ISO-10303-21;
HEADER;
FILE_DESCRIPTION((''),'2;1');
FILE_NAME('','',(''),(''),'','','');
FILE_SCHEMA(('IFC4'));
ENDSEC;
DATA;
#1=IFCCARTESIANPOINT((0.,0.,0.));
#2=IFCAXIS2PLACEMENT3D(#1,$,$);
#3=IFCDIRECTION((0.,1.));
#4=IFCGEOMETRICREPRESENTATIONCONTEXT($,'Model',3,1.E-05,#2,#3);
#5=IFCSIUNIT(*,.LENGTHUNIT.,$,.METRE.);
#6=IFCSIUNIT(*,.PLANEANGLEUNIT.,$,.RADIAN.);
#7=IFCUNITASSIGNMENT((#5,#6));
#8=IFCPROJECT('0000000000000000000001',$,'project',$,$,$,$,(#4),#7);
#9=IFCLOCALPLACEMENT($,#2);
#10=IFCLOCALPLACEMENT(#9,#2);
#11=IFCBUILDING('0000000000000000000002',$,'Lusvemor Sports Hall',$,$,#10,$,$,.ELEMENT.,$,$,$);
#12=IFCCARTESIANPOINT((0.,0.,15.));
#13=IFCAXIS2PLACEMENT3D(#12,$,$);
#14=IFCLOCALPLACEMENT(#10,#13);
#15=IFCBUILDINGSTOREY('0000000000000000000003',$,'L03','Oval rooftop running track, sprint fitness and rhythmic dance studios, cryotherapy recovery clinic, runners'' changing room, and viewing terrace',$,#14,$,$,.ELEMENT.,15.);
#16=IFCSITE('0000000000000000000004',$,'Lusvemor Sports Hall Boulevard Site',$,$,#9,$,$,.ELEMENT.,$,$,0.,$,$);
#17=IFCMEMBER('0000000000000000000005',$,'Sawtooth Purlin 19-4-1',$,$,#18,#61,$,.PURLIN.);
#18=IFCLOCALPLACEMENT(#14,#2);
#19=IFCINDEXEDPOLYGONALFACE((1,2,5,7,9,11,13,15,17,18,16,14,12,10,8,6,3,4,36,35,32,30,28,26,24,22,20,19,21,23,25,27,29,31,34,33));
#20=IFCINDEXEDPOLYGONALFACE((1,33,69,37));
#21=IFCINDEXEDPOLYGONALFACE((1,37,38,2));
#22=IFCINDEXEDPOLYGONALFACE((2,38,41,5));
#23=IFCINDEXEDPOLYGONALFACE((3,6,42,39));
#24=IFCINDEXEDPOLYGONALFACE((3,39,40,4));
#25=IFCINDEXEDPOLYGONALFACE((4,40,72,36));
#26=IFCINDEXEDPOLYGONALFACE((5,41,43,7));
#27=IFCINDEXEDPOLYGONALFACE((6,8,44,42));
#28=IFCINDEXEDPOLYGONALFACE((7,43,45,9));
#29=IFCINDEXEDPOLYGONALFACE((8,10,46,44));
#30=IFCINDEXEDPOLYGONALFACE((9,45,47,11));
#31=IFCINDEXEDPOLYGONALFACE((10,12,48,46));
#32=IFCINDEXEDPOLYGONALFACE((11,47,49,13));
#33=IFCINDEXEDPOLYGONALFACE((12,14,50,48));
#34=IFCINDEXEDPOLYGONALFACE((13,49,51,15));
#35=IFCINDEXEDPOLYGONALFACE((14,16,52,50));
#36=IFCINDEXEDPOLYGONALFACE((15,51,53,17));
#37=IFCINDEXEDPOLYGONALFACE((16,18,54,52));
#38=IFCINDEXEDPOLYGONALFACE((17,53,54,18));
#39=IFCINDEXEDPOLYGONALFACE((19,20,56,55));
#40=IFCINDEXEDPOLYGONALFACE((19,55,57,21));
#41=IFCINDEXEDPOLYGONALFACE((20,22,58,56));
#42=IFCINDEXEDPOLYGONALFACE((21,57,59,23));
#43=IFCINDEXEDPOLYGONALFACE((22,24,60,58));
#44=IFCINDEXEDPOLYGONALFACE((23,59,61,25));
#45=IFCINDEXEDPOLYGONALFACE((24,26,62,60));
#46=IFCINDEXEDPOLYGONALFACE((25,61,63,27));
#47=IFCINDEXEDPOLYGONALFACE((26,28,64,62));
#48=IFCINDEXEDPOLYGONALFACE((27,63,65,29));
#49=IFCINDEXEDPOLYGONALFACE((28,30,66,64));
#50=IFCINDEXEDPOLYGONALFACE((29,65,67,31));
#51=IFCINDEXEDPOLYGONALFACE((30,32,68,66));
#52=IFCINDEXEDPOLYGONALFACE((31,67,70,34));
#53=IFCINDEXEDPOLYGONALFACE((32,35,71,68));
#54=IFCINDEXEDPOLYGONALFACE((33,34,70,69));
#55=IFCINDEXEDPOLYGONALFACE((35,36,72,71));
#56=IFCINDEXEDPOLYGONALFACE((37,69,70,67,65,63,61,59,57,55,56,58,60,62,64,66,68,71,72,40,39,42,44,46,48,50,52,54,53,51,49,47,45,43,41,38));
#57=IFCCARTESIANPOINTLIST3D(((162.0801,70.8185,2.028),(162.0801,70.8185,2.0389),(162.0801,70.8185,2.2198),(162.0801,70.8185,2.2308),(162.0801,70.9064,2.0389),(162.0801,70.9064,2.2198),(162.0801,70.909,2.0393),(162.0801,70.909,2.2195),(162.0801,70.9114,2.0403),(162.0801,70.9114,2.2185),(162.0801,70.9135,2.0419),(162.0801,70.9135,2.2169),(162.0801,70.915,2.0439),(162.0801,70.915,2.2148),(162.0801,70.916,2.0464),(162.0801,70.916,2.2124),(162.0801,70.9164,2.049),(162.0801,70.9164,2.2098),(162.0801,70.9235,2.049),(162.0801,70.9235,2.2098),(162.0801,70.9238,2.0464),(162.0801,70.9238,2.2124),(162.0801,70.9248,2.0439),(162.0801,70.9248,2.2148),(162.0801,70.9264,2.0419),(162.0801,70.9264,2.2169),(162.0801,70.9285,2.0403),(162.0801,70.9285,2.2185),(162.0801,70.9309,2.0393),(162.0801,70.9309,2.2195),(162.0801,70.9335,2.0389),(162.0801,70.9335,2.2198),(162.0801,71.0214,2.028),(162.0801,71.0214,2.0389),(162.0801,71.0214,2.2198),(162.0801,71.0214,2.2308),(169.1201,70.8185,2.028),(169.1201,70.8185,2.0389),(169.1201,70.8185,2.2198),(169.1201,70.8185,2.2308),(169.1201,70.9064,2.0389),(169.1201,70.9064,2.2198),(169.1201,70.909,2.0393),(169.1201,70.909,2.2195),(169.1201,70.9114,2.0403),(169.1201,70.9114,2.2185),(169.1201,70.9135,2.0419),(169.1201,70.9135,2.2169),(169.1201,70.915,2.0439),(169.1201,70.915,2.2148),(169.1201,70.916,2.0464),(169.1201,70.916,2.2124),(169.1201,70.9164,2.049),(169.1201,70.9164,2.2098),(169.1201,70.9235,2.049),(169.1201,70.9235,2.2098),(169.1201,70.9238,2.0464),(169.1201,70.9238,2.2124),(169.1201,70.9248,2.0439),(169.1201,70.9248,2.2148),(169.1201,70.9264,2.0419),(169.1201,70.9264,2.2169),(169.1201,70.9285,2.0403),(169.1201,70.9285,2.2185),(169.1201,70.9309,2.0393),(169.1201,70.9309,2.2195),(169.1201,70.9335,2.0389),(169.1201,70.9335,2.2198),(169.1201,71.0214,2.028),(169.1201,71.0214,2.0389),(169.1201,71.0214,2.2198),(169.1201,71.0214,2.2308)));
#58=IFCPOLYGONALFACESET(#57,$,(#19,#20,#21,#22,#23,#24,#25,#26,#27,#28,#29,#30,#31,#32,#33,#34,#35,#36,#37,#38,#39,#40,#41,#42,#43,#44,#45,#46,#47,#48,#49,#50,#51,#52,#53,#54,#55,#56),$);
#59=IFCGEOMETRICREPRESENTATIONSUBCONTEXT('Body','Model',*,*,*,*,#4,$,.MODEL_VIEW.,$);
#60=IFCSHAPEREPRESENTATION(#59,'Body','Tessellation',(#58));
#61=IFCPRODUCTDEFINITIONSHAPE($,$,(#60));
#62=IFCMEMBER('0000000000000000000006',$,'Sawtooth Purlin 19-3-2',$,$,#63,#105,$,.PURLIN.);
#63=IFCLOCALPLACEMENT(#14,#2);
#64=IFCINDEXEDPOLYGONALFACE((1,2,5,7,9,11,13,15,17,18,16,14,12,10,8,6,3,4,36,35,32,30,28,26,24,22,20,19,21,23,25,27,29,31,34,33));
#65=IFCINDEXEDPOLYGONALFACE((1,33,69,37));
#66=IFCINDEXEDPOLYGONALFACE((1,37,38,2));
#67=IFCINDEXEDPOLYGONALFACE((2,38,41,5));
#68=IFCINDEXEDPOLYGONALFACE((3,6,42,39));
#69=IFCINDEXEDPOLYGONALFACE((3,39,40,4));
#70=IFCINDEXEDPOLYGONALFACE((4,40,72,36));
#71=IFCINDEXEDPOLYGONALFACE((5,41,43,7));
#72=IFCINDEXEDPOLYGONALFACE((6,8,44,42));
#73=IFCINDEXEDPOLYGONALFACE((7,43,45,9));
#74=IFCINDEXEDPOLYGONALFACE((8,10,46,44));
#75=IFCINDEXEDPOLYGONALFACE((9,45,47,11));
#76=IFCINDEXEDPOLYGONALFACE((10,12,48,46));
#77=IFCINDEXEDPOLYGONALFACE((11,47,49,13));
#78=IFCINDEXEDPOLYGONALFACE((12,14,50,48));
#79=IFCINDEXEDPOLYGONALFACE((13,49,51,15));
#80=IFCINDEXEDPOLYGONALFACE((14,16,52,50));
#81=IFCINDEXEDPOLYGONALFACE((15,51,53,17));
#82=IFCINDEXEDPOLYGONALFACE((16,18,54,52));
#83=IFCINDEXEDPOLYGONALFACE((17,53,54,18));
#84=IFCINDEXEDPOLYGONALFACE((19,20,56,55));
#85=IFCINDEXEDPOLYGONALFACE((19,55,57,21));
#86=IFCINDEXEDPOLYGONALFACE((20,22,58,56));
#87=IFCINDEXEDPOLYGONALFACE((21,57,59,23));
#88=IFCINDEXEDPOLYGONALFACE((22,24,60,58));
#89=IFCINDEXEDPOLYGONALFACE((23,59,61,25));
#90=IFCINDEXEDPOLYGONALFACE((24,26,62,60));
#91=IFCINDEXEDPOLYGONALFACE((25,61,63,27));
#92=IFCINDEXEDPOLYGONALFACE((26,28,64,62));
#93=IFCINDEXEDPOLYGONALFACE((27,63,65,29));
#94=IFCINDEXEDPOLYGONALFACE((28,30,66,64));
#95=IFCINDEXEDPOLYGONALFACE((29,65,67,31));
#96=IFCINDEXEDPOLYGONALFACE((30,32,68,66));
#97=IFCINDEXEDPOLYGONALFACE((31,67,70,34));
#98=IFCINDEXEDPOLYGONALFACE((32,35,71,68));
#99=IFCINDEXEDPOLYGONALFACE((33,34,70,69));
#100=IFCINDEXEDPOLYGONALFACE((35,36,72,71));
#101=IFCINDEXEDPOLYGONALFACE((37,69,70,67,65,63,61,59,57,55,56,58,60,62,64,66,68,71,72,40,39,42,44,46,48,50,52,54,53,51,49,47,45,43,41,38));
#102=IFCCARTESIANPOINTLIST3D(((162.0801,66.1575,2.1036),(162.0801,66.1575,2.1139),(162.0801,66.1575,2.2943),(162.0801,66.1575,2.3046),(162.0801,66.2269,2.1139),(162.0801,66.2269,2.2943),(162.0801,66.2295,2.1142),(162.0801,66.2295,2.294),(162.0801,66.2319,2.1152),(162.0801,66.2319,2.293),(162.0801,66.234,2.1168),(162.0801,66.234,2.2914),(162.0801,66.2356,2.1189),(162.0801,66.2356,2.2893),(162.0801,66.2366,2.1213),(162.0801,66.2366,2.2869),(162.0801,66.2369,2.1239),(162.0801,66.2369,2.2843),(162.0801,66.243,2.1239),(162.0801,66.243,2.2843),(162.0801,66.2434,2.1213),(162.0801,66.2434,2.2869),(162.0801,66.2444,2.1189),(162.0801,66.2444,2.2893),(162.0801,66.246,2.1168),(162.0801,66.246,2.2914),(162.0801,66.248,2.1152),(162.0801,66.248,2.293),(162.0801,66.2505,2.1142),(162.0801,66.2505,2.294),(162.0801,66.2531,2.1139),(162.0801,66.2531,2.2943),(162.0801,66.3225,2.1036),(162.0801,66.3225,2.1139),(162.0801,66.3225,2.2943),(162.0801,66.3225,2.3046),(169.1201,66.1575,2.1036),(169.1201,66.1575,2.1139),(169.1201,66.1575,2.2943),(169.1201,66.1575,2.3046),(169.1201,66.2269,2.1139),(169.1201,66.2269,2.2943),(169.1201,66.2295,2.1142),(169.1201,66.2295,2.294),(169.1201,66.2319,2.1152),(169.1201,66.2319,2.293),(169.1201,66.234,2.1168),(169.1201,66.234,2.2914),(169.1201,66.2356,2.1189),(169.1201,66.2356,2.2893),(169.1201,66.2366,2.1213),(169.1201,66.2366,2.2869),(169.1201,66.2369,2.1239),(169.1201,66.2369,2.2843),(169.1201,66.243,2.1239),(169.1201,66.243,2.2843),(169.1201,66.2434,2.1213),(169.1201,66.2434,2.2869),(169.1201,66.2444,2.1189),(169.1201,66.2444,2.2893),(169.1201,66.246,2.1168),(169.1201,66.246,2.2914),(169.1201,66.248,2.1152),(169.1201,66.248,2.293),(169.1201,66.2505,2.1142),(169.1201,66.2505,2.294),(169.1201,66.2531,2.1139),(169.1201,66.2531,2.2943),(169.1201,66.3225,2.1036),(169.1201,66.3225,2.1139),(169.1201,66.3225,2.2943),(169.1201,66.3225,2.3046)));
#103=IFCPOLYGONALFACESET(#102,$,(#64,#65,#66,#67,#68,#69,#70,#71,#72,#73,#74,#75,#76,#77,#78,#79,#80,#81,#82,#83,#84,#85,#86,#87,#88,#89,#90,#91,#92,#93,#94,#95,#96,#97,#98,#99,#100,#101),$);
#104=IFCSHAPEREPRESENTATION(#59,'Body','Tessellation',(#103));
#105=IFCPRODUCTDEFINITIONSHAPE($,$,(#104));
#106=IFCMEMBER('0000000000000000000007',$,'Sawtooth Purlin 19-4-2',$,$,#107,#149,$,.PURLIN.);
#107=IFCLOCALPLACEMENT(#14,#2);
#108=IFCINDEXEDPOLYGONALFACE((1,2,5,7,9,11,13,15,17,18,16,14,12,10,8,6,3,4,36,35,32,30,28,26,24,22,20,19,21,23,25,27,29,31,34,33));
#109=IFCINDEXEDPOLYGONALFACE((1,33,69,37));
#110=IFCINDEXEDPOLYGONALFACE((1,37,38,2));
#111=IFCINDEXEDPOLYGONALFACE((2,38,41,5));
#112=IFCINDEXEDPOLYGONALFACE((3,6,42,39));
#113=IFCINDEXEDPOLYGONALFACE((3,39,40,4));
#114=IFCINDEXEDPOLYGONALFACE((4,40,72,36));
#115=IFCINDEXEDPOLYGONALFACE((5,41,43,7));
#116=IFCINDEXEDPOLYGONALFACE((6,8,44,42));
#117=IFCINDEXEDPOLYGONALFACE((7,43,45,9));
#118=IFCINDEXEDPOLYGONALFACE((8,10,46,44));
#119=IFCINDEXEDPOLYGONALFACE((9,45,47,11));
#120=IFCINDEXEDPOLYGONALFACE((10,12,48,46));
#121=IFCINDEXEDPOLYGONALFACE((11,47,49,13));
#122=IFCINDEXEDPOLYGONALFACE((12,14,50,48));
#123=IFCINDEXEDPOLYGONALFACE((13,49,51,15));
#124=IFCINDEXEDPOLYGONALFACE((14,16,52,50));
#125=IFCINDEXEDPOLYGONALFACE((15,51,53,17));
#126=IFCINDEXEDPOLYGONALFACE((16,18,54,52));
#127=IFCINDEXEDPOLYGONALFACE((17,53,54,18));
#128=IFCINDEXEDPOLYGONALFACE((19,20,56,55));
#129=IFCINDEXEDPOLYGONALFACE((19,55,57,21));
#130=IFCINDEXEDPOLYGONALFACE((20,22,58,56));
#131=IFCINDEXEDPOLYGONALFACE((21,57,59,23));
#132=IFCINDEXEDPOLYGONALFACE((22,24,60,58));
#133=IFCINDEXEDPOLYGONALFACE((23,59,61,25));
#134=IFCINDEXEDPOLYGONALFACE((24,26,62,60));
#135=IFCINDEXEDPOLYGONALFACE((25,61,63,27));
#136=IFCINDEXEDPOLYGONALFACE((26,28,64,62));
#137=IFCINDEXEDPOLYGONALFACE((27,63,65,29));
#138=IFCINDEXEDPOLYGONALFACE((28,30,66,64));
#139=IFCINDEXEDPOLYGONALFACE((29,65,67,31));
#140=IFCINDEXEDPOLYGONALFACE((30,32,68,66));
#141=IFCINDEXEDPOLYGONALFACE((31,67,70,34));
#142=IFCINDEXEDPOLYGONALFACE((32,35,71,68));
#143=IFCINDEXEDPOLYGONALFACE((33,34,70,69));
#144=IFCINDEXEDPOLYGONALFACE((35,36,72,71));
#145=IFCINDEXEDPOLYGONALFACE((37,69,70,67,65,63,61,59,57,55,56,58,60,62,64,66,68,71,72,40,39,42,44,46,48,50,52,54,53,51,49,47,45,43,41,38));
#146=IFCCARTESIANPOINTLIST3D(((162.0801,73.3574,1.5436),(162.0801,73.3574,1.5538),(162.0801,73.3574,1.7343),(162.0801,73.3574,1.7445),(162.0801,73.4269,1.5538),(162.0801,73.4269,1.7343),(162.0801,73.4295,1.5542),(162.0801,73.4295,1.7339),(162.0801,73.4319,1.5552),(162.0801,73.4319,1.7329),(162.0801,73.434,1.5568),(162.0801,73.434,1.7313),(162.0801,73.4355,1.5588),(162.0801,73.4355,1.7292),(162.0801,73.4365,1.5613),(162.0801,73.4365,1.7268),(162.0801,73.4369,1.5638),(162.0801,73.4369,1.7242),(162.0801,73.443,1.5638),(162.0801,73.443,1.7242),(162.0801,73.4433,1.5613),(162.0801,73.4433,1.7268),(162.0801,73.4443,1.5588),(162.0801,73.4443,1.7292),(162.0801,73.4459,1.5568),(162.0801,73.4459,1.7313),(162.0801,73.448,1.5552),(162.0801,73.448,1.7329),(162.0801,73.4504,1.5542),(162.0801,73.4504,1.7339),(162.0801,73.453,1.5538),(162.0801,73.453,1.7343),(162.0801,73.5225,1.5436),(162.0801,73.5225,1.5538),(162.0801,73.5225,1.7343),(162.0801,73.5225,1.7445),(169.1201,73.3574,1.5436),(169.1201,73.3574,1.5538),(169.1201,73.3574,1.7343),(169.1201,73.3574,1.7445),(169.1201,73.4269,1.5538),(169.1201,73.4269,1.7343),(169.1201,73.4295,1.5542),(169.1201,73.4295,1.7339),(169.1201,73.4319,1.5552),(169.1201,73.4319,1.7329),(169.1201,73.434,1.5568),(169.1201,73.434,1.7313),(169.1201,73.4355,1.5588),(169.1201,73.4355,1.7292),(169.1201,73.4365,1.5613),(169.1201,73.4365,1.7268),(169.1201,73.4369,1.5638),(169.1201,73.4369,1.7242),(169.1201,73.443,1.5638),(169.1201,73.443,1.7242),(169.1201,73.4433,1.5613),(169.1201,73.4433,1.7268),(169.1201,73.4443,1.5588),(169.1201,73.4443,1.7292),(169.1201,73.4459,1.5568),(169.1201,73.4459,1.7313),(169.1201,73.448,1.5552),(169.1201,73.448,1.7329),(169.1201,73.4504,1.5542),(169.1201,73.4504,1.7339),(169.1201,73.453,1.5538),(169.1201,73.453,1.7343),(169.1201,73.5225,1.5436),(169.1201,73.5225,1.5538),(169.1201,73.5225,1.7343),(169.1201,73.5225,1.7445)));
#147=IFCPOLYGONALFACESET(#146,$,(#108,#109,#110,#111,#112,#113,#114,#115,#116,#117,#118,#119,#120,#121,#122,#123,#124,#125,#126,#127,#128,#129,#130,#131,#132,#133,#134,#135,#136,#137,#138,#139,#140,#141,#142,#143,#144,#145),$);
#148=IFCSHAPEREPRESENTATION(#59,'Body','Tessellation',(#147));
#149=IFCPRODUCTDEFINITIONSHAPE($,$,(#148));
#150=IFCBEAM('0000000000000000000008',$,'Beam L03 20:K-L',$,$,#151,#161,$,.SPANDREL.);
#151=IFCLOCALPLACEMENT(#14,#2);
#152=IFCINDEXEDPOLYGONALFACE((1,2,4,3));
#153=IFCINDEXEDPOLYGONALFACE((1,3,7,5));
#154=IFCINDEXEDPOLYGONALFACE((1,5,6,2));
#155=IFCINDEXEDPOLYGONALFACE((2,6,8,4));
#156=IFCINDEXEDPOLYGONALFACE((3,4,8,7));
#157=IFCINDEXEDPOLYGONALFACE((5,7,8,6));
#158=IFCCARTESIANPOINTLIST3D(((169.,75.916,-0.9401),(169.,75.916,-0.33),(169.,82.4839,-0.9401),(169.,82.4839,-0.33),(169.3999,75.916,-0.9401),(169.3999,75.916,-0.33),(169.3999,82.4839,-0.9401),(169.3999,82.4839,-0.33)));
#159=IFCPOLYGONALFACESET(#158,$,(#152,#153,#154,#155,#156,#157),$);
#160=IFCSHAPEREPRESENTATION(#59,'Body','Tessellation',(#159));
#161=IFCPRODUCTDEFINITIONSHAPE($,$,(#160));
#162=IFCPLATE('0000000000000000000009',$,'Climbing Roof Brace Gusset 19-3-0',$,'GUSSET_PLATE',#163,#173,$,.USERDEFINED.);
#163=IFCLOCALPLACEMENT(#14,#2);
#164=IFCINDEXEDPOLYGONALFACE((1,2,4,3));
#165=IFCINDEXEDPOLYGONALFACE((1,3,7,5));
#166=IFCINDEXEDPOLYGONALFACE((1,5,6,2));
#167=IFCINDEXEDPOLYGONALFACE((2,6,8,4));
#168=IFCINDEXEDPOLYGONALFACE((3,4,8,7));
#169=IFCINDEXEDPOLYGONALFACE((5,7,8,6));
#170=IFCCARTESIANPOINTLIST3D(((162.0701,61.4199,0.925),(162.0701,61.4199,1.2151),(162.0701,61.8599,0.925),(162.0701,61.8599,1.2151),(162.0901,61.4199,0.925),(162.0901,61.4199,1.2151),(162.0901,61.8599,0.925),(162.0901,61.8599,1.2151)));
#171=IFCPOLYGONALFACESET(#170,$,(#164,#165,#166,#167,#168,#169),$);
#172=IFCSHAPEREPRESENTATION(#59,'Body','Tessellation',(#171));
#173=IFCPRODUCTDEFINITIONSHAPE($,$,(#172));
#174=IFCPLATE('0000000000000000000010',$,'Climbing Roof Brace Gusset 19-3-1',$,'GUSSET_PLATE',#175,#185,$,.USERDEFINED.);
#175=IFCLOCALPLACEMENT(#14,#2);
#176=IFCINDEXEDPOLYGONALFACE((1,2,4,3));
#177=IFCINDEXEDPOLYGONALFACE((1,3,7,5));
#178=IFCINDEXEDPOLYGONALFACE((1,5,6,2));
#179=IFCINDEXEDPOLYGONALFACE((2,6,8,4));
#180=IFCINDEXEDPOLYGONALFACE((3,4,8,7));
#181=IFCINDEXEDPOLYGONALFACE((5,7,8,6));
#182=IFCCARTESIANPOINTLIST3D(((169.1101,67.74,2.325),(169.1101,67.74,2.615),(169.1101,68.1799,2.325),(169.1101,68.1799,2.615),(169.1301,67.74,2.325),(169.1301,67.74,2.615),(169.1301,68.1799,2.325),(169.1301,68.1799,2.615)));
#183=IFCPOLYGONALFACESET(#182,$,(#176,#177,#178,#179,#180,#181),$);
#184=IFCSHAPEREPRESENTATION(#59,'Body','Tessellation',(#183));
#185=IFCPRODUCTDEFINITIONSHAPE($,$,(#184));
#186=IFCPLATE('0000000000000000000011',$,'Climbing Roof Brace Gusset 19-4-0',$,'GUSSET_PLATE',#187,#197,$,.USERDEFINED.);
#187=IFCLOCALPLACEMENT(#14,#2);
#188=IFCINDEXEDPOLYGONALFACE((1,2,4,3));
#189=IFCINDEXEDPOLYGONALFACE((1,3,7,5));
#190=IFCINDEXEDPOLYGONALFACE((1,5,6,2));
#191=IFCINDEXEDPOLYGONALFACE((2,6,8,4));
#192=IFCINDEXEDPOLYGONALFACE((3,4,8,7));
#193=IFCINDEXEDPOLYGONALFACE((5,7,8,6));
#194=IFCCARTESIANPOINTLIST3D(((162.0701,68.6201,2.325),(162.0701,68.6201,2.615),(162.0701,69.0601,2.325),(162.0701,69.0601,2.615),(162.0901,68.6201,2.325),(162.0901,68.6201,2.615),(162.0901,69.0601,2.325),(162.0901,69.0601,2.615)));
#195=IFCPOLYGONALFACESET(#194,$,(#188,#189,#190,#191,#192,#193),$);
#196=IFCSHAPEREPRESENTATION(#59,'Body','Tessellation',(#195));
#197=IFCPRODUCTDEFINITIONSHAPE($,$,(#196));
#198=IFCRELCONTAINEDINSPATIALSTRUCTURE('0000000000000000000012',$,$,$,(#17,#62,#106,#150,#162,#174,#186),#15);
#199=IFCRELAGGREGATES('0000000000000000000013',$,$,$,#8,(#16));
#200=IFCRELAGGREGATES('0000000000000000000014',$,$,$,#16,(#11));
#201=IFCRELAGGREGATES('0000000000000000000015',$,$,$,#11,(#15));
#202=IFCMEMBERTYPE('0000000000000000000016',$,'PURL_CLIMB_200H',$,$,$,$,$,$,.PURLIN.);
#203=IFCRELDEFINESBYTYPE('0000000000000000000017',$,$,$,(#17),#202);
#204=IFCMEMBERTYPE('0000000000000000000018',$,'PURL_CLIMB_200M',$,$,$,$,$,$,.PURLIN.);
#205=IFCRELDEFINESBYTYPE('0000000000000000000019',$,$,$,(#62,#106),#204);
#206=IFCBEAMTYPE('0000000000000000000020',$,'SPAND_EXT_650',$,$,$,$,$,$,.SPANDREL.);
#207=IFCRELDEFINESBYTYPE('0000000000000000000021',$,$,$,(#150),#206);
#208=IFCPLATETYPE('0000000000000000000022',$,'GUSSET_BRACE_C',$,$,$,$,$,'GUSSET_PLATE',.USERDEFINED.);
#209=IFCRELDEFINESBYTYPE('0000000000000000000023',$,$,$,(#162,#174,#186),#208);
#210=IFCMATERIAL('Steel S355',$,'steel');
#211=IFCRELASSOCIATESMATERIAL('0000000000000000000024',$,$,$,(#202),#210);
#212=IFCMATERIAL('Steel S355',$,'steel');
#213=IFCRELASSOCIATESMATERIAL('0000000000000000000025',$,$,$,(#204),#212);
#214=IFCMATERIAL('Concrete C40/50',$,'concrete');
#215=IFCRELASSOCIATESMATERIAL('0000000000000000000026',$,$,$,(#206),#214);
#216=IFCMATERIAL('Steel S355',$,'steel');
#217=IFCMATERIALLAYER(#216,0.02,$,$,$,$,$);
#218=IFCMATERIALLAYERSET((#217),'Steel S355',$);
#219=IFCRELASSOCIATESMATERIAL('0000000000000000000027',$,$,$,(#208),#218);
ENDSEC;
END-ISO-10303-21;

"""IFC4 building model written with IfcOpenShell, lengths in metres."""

from ifc_helpers import new_model, si_unit, direction, frame, origin, origin_2d, place, context, subcontext, project, spatial, rectangle, i_section, extrude, material, layer, layer_set, material_profile, profile_set, type_object, element, save


model = new_model("IFC4")

# Units and contexts
model_context = context("Model", 3, precision=1e-05, world=origin(), true_north=direction((0.0, 1.0)))
body_context = subcontext(model_context, "Body", "Model", "MODEL_VIEW")
ifc_project = project(units=[si_unit("LENGTHUNIT", "METRE"), si_unit("PLANEANGLEUNIT", "RADIAN")], contexts=[model_context])

# Site, building, storey
site_placement = place(None, origin())
site = spatial("IfcSite", under=ifc_project, at=site_placement, Name="Lusvemor Sports Hall Boulevard Site", CompositionType="ELEMENT", RefElevation=0.0)
building_placement = place(site_placement, origin())
building = spatial("IfcBuilding", under=site, at=building_placement, Name="Lusvemor Sports Hall", CompositionType="ELEMENT")
storey_placement = place(building_placement, frame((0.0, 0.0, 15.0)))
storey = spatial("IfcBuildingStorey", under=building, at=storey_placement, Name="L03", Description="Oval rooftop running track, sprint fitness and rhythmic dance studios, cryotherapy recovery clinic, runners' changing room, and viewing terrace", CompositionType="ELEMENT", Elevation=15.0)

# Members
ifc_material_1 = material(Name="Steel S355", Category="steel")
ifc_material_profile_1 = material_profile(ifc_material_1, i_section(OverallWidth=0.2029, OverallDepth=0.2029, WebThickness=0.0071, FlangeThickness=0.011, FilletRadius=0.01, at=origin_2d()), Name="W200x46.1")
ifc_profile_set_1 = profile_set([ifc_material_profile_1], Name="Steel S355")
member_type_1 = type_object("IfcMemberType", Name="PURL_CLIMB_200H", PredefinedType="PURLIN", material=ifc_profile_set_1)
for number, where, z_axis, x_axis, name in (
    (1, (162.0801, 70.9199, 2.1294), (1.0, 0.0, 0.0), (0.0, 1.0, 0.0), "Sawtooth Purlin 19-4-1"),
):
    element("IfcMember", number, at=place(storey_placement, frame(where, z_axis=z_axis, x_axis=x_axis)), inside=storey, type_object=member_type_1, Name=name, PredefinedType="PURLIN", context=body_context, shape_type="SweptSolid", body=[
        extrude(i_section(OverallWidth=0.2029, OverallDepth=0.2029, WebThickness=0.0071, FlangeThickness=0.011, FilletRadius=0.01, at=origin_2d()), origin(), (0.0, 0.0, 1.0), 7.04),
    ])
ifc_material_2 = material(Name="Steel S355", Category="steel")
ifc_material_profile_2 = material_profile(ifc_material_2, i_section(OverallWidth=0.165, OverallDepth=0.2009, WebThickness=0.0061, FlangeThickness=0.0103, FilletRadius=0.01, at=origin_2d()), Name="W200x35.9")
ifc_profile_set_2 = profile_set([ifc_material_profile_2], Name="Steel S355")
member_type_2 = type_object("IfcMemberType", Name="PURL_CLIMB_200M", PredefinedType="PURLIN", material=ifc_profile_set_2)
for number, where, z_axis, x_axis, name in (
    (2, (162.0801, 66.24, 2.2041), (1.0, 0.0, 0.0), (0.0, 1.0, 0.0), "Sawtooth Purlin 19-3-2"),
    (3, (162.0801, 73.4399, 1.644), (1.0, 0.0, 0.0), (0.0, 1.0, 0.0), "Sawtooth Purlin 19-4-2"),
):
    element("IfcMember", number, at=place(storey_placement, frame(where, z_axis=z_axis, x_axis=x_axis)), inside=storey, type_object=member_type_2, Name=name, PredefinedType="PURLIN", context=body_context, shape_type="SweptSolid", body=[
        extrude(i_section(OverallWidth=0.165, OverallDepth=0.2009, WebThickness=0.0061, FlangeThickness=0.0103, FilletRadius=0.01, at=origin_2d()), origin(), (0.0, 0.0, 1.0), 7.04),
    ])

# Beam
ifc_material_3 = material(Name="Concrete C40/50", Category="concrete")
ifc_material_profile_3 = material_profile(ifc_material_3, rectangle(XDim=0.3999, YDim=0.6101, at=origin_2d()), Name="RC400x610")
ifc_profile_set_3 = profile_set([ifc_material_profile_3], Name="Concrete C40/50")
beam_type_1 = type_object("IfcBeamType", Name="SPAND_EXT_650", PredefinedType="SPANDREL", material=ifc_profile_set_3)
beam_1_placement = place(storey_placement, frame((169.2, 75.916, -0.635), z_axis=(0.0, 1.0, 0.0), x_axis=(-1.0, 0.0, 0.0)))
element("IfcBeam", 4, at=beam_1_placement, inside=storey, type_object=beam_type_1, Name="Beam L03 20:K-L", PredefinedType="SPANDREL", context=body_context, shape_type="SweptSolid", body=[
    extrude(rectangle(XDim=0.3999, YDim=0.6101, at=origin_2d()), origin(), (0.0, 0.0, 1.0), 6.5679),
])

# Plates
ifc_material_4 = material(Name="Steel S355", Category="steel")
ifc_layer_1 = layer(ifc_material_4, 0.02)
ifc_layer_set_1 = layer_set([ifc_layer_1], Name="Steel S355")
plate_type_1 = type_object("IfcPlateType", Name="GUSSET_BRACE_C", ElementType="GUSSET_PLATE", PredefinedType="USERDEFINED", material=ifc_layer_set_1)
for number, where, z_axis, x_axis, name in (
    (5, (162.0801, 61.6399, 0.925), (0.0, 0.0, 1.0), (1.0, 0.0, 0.0), "Climbing Roof Brace Gusset 19-3-0"),
    (6, (169.1201, 67.96, 2.325), (0.0, 0.0, 1.0), (1.0, 0.0, 0.0), "Climbing Roof Brace Gusset 19-3-1"),
    (7, (162.0801, 68.8401, 2.325), (0.0, 0.0, 1.0), (1.0, 0.0, 0.0), "Climbing Roof Brace Gusset 19-4-0"),
):
    element("IfcPlate", number, at=place(storey_placement, frame(where, z_axis=z_axis, x_axis=x_axis)), inside=storey, type_object=plate_type_1, Name=name, ObjectType="GUSSET_PLATE", PredefinedType="USERDEFINED", context=body_context, shape_type="SweptSolid", body=[
        extrude(rectangle(XDim=0.02, YDim=0.4399, at=origin_2d()), origin(), (0.0, 0.0, 1.0), 0.29),
    ])

save(model, "model.ifc")
